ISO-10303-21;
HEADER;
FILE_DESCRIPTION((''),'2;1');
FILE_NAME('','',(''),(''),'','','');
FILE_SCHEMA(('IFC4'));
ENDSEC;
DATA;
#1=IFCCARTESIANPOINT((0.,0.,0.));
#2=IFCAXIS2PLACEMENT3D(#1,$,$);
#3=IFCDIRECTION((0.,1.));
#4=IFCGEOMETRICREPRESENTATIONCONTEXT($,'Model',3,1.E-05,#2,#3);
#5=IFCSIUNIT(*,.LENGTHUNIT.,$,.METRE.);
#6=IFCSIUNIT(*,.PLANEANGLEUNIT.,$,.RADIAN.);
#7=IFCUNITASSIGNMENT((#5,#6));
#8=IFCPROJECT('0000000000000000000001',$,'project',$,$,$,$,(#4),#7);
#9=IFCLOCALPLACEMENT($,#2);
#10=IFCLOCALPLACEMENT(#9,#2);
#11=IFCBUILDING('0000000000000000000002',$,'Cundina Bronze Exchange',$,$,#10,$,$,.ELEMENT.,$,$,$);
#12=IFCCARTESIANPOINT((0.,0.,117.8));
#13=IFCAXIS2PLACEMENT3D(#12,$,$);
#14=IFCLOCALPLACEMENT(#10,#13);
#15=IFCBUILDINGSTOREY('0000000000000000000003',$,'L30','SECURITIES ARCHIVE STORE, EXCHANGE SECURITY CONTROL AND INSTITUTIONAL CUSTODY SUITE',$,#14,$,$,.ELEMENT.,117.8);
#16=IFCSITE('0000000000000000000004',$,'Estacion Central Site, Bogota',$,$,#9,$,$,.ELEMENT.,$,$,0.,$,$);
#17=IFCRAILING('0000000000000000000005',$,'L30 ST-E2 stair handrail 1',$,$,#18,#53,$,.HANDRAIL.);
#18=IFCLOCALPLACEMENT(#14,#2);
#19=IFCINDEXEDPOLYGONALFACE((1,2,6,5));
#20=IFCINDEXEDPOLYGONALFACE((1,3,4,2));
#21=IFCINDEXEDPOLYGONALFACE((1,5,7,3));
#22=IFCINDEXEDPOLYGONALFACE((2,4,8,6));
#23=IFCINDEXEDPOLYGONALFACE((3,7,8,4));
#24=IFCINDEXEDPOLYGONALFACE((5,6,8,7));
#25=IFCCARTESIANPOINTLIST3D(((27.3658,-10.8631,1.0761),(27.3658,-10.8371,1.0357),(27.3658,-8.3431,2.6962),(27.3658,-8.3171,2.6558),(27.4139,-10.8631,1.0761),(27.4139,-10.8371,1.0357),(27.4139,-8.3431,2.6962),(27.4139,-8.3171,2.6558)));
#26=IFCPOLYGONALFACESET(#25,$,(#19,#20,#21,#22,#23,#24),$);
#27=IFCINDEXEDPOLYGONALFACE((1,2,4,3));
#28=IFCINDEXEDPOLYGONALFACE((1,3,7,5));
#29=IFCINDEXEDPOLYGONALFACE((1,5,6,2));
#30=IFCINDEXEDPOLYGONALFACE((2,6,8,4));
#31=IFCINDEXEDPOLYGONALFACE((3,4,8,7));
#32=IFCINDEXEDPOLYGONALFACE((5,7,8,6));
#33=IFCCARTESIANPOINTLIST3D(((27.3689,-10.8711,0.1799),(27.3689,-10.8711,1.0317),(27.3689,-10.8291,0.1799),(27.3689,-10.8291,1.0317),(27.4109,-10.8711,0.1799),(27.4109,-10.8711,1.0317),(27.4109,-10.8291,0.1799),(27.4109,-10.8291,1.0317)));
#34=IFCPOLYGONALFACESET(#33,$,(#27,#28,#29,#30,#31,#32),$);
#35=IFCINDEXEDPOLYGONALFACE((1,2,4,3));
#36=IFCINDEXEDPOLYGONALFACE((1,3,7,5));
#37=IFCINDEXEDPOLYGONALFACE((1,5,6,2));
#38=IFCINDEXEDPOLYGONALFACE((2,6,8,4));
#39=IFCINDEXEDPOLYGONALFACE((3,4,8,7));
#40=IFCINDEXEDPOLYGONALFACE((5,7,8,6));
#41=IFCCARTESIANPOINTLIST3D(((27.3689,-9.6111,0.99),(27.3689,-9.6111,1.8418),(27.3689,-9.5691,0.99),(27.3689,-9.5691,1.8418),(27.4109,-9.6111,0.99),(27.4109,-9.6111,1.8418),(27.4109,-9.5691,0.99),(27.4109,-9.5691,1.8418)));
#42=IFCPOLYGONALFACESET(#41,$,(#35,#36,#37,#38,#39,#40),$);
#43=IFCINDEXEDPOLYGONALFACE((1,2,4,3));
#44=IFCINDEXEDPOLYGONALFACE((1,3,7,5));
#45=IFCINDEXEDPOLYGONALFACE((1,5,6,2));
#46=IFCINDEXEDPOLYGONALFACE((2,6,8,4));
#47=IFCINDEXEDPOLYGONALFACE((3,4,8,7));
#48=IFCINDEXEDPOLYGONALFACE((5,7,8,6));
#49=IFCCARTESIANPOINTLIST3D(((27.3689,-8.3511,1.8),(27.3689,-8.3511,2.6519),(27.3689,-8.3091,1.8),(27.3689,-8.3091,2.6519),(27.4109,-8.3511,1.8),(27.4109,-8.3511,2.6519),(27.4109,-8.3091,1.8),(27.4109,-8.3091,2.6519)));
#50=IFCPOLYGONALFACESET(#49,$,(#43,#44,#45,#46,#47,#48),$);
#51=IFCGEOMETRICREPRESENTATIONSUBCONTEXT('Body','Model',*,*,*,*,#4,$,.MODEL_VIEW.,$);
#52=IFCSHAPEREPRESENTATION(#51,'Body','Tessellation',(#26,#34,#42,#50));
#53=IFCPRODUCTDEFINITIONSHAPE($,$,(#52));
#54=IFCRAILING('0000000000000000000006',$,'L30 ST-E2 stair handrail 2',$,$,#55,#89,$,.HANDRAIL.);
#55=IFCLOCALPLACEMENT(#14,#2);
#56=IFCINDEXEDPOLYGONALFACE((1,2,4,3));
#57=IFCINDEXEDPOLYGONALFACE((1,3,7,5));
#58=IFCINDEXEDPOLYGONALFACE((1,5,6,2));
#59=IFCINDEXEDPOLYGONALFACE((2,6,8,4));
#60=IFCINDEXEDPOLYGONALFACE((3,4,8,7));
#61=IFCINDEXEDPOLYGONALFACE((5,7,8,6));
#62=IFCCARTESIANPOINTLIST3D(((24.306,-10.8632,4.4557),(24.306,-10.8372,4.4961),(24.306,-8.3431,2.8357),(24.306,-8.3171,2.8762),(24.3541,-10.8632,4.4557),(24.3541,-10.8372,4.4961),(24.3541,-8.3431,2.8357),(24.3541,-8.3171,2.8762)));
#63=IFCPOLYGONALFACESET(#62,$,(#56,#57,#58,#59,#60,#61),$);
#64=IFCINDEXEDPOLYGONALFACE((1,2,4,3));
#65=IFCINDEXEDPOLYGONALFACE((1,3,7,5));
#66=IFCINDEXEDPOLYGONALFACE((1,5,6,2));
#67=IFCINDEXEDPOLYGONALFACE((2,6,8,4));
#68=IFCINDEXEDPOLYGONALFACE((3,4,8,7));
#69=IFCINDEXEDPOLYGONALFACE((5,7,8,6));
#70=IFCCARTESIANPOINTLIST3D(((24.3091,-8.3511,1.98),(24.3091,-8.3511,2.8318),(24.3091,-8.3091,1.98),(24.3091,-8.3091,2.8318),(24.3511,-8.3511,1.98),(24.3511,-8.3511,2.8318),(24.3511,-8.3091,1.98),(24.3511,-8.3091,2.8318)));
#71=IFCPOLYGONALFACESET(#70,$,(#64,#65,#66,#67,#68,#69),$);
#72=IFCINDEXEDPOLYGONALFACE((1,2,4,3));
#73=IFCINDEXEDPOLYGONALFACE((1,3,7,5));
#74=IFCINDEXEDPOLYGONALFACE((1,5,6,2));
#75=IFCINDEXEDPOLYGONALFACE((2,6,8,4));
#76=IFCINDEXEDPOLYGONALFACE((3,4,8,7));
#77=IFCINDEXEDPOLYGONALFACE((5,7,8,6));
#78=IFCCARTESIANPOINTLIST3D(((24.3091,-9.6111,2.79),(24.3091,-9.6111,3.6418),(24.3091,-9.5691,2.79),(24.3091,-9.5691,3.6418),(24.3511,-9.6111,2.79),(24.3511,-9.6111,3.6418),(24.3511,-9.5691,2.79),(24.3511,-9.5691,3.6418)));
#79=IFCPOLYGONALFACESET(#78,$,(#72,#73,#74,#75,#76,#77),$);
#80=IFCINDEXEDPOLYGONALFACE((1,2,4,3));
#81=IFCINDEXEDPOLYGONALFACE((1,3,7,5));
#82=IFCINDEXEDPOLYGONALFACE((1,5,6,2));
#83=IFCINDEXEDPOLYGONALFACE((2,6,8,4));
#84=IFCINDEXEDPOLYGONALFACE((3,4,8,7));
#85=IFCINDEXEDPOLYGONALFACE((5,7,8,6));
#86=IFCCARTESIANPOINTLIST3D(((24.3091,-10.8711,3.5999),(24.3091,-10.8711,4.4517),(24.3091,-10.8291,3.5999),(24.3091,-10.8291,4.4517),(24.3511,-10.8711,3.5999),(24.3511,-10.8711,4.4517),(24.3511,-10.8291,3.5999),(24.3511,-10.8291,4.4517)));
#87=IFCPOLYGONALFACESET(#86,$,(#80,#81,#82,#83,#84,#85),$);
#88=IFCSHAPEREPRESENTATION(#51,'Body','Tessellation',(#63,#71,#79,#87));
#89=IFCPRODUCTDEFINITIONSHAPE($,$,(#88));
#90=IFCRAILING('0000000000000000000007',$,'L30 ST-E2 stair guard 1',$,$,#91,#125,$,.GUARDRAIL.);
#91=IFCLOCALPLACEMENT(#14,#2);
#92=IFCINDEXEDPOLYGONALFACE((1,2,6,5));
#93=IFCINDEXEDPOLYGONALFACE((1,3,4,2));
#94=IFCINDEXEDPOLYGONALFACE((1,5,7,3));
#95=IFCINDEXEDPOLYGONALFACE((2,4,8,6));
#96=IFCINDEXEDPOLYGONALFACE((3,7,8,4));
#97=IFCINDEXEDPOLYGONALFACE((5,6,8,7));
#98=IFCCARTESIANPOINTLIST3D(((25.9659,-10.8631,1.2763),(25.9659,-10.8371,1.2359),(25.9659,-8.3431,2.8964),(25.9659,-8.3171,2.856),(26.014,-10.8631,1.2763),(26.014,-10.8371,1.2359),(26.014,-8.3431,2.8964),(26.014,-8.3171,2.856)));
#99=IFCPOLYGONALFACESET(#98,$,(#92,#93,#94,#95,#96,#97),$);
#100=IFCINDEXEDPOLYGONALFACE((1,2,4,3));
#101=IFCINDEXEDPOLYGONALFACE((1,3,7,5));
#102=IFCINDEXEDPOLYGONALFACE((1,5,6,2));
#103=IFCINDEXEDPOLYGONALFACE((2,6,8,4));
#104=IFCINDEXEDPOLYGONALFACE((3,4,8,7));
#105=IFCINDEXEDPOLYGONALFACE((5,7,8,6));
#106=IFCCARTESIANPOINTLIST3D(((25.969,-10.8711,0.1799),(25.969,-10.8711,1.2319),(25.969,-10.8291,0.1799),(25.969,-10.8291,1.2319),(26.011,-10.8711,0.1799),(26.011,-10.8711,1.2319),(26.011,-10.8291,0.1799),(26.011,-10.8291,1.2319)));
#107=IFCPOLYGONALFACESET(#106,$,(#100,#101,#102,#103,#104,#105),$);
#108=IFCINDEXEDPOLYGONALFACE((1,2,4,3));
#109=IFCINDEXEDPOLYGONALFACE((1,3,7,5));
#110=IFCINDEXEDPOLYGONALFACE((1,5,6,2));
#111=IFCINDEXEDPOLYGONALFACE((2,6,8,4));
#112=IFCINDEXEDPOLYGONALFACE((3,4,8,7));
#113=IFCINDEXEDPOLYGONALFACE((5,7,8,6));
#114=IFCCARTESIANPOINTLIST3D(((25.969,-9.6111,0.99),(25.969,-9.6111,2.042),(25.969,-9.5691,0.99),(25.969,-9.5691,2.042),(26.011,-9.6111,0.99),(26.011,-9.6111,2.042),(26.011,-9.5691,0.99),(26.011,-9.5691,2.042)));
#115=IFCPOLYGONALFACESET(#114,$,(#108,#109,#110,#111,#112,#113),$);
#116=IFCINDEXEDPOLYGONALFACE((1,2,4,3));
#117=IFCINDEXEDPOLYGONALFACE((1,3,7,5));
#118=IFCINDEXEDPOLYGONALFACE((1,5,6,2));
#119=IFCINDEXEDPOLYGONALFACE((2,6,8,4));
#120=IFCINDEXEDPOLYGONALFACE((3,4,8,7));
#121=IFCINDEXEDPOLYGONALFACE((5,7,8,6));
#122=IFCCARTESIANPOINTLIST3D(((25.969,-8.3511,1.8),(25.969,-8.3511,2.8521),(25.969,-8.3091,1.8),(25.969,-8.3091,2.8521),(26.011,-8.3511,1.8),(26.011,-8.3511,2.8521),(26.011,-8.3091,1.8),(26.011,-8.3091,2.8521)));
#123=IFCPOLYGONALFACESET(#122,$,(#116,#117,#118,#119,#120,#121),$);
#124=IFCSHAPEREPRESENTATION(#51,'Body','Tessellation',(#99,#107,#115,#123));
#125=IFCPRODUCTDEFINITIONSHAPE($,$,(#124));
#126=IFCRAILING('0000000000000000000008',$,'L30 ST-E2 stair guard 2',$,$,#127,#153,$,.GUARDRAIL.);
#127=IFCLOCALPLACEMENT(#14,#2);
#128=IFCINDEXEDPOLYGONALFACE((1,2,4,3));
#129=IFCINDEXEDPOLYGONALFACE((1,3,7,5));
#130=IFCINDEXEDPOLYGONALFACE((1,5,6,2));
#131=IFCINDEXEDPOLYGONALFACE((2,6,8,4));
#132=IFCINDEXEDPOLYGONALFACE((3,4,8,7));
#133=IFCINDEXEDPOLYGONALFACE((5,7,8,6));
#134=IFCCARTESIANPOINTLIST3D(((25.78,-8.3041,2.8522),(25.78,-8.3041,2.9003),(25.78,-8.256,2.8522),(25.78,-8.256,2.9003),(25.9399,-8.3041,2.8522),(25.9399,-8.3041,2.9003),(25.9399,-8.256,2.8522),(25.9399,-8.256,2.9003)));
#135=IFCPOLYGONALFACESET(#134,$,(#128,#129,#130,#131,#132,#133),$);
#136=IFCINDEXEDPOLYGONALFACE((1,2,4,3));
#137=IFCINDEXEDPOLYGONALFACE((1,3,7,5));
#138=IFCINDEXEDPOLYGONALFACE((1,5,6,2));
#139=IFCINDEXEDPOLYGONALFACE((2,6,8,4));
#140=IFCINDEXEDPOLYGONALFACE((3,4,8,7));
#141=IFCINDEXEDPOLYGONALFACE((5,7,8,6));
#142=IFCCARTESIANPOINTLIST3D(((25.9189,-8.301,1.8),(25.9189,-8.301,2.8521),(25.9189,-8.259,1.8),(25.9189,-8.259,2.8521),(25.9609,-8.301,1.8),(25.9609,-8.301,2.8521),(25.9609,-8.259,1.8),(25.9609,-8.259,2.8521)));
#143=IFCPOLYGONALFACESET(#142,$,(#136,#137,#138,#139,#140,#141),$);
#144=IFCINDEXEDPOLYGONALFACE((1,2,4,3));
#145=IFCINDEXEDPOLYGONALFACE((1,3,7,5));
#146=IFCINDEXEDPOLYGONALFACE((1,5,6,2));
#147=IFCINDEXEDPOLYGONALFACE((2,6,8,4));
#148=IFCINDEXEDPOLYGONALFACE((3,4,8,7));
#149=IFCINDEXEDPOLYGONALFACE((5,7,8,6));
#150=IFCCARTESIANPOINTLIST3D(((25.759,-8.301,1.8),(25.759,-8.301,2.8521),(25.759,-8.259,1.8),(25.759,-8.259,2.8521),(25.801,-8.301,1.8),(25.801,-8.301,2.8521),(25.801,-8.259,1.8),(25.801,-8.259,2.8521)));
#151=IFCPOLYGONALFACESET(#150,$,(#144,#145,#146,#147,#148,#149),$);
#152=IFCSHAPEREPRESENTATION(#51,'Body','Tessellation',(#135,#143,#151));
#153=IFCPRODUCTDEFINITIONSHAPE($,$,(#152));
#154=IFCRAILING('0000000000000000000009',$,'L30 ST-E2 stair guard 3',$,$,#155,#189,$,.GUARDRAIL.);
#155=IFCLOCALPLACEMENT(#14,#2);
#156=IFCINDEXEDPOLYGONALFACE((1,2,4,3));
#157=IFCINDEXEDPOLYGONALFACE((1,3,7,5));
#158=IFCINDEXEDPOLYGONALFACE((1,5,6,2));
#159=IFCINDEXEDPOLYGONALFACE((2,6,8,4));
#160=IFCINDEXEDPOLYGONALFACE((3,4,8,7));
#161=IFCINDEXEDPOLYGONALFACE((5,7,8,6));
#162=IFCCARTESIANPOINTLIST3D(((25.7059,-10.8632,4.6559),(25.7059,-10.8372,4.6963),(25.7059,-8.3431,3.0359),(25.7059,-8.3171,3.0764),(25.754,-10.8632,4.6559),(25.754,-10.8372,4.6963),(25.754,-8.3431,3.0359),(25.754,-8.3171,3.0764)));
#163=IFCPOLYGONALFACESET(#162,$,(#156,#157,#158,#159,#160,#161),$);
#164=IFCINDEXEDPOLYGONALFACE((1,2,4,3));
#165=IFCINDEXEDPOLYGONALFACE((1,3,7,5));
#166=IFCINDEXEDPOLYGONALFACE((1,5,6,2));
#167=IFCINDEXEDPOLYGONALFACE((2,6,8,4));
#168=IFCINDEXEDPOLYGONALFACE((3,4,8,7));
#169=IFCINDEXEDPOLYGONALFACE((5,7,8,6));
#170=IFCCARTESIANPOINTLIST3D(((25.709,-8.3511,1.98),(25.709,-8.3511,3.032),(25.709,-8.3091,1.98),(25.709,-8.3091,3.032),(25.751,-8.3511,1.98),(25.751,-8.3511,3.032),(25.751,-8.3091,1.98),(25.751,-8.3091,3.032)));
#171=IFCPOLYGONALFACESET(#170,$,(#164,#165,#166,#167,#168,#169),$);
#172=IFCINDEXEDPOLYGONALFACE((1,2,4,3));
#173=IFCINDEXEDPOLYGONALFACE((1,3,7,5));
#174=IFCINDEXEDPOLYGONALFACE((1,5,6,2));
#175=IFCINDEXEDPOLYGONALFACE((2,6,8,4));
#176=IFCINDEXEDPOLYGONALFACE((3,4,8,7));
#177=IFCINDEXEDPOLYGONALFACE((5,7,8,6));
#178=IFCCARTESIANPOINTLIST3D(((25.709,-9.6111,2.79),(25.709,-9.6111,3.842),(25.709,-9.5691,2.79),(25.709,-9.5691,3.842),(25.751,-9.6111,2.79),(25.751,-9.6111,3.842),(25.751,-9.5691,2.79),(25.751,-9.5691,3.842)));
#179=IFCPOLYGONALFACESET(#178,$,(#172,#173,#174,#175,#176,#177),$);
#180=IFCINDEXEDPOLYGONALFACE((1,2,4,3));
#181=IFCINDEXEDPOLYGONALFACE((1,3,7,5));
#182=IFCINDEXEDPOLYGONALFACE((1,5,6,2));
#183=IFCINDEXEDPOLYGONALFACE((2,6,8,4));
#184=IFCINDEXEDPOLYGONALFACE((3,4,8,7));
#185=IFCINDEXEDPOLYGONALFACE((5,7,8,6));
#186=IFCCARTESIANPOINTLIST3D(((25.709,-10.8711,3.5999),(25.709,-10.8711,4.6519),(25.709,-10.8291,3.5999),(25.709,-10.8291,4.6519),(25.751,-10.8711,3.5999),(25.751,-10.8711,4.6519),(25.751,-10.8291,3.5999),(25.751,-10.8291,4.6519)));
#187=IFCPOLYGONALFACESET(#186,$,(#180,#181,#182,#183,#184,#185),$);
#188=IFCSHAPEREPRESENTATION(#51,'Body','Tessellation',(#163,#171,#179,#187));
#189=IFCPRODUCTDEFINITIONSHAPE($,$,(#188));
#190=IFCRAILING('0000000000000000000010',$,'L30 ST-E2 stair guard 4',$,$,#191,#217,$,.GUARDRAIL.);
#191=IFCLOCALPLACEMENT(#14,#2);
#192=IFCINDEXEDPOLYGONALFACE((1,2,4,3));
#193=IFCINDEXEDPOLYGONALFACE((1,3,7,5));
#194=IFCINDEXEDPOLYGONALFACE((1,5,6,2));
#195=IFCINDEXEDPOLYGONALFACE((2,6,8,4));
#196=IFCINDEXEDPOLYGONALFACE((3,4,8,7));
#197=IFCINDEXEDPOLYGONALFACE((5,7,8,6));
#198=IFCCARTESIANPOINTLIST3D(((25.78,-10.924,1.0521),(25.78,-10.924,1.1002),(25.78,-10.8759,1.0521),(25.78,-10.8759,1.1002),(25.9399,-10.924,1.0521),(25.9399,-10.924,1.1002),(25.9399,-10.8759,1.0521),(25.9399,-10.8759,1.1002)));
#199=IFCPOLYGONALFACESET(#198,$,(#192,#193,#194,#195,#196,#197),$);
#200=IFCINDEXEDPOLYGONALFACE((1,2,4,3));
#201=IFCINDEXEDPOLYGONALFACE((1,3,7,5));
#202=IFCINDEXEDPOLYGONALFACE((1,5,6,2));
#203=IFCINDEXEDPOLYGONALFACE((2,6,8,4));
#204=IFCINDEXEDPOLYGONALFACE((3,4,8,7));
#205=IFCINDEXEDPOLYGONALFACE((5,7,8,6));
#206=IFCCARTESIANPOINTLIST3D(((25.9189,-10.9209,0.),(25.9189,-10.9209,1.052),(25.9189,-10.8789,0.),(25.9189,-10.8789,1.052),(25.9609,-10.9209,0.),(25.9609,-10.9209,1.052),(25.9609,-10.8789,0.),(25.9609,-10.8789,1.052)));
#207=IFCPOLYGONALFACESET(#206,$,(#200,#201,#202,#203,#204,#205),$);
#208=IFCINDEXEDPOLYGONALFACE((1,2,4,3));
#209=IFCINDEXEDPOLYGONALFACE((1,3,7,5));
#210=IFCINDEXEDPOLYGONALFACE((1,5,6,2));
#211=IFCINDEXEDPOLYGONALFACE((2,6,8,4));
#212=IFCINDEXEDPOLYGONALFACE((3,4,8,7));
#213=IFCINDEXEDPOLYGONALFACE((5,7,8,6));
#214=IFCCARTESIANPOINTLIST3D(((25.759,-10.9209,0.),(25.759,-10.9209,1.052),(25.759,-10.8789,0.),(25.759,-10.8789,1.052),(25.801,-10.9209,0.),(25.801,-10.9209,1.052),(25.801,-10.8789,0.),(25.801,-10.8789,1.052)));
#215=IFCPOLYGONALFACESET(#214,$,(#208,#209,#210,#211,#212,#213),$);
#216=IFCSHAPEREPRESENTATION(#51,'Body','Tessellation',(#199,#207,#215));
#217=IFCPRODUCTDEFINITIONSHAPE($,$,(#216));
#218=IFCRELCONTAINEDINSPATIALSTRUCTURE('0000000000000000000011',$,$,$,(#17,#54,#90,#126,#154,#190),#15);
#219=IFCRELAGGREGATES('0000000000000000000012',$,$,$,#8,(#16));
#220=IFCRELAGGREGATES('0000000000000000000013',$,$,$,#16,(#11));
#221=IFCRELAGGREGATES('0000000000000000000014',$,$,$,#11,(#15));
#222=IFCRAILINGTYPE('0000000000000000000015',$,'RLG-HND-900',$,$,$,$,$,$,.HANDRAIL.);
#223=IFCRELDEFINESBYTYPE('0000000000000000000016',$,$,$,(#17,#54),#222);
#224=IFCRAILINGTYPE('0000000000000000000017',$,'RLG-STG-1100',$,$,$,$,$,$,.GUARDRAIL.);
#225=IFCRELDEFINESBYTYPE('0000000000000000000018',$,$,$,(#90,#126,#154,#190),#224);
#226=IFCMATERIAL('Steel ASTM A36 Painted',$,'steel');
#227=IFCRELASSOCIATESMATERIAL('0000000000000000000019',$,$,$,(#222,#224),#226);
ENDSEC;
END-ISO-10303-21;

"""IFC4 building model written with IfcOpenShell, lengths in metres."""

from ifc_helpers import new_model, si_unit, direction, frame, origin, origin_2d, place, context, subcontext, project, spatial, rectangle, extrude, material, type_object, element, save


model = new_model("IFC4")

# Units and contexts
model_context = context("Model", 3, precision=1e-05, world=origin(), true_north=direction((0.0, 1.0)))
body_context = subcontext(model_context, "Body", "Model", "MODEL_VIEW")
ifc_project = project(units=[si_unit("LENGTHUNIT", "METRE"), si_unit("PLANEANGLEUNIT", "RADIAN")], contexts=[model_context])

# Site, building, storey
site_placement = place(None, origin())
site = spatial("IfcSite", under=ifc_project, at=site_placement, Name="Estacion Central Site, Bogota", CompositionType="ELEMENT", RefElevation=0.0)
building_placement = place(site_placement, origin())
building = spatial("IfcBuilding", under=site, at=building_placement, Name="Cundina Bronze Exchange", CompositionType="ELEMENT")
storey_placement = place(building_placement, frame((0.0, 0.0, 117.8)))
storey = spatial("IfcBuildingStorey", under=building, at=storey_placement, Name="L30", Description="SECURITIES ARCHIVE STORE, EXCHANGE SECURITY CONTROL AND INSTITUTIONAL CUSTODY SUITE", CompositionType="ELEMENT", Elevation=117.8)

# Shared definitions
ifc_material_1 = material(Name="Steel ASTM A36 Painted", Category="steel")

# Railings
railing_type_1 = type_object("IfcRailingType", Name="RLG-HND-900", PredefinedType="HANDRAIL", material=ifc_material_1)
railing_1_placement = place(storey_placement, frame((27.3899, -10.8501, 0.1799)))
element("IfcRailing", 1, at=railing_1_placement, inside=storey, type_object=railing_type_1, Name="L30 ST-E2 stair handrail 1", PredefinedType="HANDRAIL", context=body_context, shape_type="SweptSolid", body=[
    extrude(rectangle(XDim=0.0481, YDim=0.0481, at=origin_2d()), frame((0.0, 0.0, 0.876), z_axis=(0.0, 0.841163, 0.540782), x_axis=(-1.0, 0.0, 0.0)), (0.0, 0.0, 1.0), 2.9958),
    extrude(rectangle(XDim=0.042, YDim=0.042, at=origin_2d()), origin(), (0.0, 0.0, 1.0), 0.8518),
    extrude(rectangle(XDim=0.042, YDim=0.042, at=origin_2d()), frame((0.0, 1.26, 0.8101)), (0.0, 0.0, 1.0), 0.8518),
    extrude(rectangle(XDim=0.042, YDim=0.042, at=origin_2d()), frame((0.0, 2.52, 1.6201)), (0.0, 0.0, 1.0), 0.8518),
])
railing_2_placement = place(storey_placement, frame((24.3301, -8.3301, 1.98)))
element("IfcRailing", 2, at=railing_2_placement, inside=storey, type_object=railing_type_1, Name="L30 ST-E2 stair handrail 2", PredefinedType="HANDRAIL", context=body_context, shape_type="SweptSolid", body=[
    extrude(rectangle(XDim=0.0481, YDim=0.0481, at=origin_2d()), frame((0.0, 0.0, 0.876), z_axis=(0.0, -0.8412, 0.540725), x_axis=(1.0, 0.0, 0.0)), (0.0, 0.0, 1.0), 2.9958),
    extrude(rectangle(XDim=0.042, YDim=0.042, at=origin_2d()), origin(), (0.0, 0.0, 1.0), 0.8518),
    extrude(rectangle(XDim=0.042, YDim=0.042, at=origin_2d()), frame((0.0, -1.26, 0.8101)), (0.0, 0.0, 1.0), 0.8518),
    extrude(rectangle(XDim=0.042, YDim=0.042, at=origin_2d()), frame((0.0, -2.52, 1.6199)), (0.0, 0.0, 1.0), 0.8518),
])
railing_type_2 = type_object("IfcRailingType", Name="RLG-STG-1100", PredefinedType="GUARDRAIL", material=ifc_material_1)
railing_3_placement = place(storey_placement, frame((25.99, -10.8501, 0.1799)))
element("IfcRailing", 3, at=railing_3_placement, inside=storey, type_object=railing_type_2, Name="L30 ST-E2 stair guard 1", PredefinedType="GUARDRAIL", context=body_context, shape_type="SweptSolid", body=[
    extrude(rectangle(XDim=0.0481, YDim=0.0481, at=origin_2d()), frame((0.0, 0.0, 1.0762), z_axis=(0.0, 0.841163, 0.540782), x_axis=(-1.0, 0.0, 0.0)), (0.0, 0.0, 1.0), 2.9958),
    extrude(rectangle(XDim=0.042, YDim=0.042, at=origin_2d()), origin(), (0.0, 0.0, 1.0), 1.052),
    extrude(rectangle(XDim=0.042, YDim=0.042, at=origin_2d()), frame((0.0, 1.26, 0.8101)), (0.0, 0.0, 1.0), 1.052),
    extrude(rectangle(XDim=0.042, YDim=0.042, at=origin_2d()), frame((0.0, 2.52, 1.6201)), (0.0, 0.0, 1.0), 1.052),
])
railing_4_placement = place(storey_placement, frame((25.9399, -8.28, 1.8)))
element("IfcRailing", 4, at=railing_4_placement, inside=storey, type_object=railing_type_2, Name="L30 ST-E2 stair guard 2", PredefinedType="GUARDRAIL", context=body_context, shape_type="SweptSolid", body=[
    extrude(rectangle(XDim=0.0481, YDim=0.0481, at=origin_2d()), frame((0.0, 0.0, 1.0762), z_axis=(-1.0, 0.0, 0.0), x_axis=(0.0, -1.0, 0.0)), (0.0, 0.0, 1.0), 0.1599),
    extrude(rectangle(XDim=0.042, YDim=0.042, at=origin_2d()), origin(), (0.0, 0.0, 1.0), 1.052),
    extrude(rectangle(XDim=0.042, YDim=0.042, at=origin_2d()), frame((-0.1599, 0.0, 0.0)), (0.0, 0.0, 1.0), 1.052),
])
railing_5_placement = place(storey_placement, frame((25.73, -8.3301, 1.98)))
element("IfcRailing", 5, at=railing_5_placement, inside=storey, type_object=railing_type_2, Name="L30 ST-E2 stair guard 3", PredefinedType="GUARDRAIL", context=body_context, shape_type="SweptSolid", body=[
    extrude(rectangle(XDim=0.0481, YDim=0.0481, at=origin_2d()), frame((0.0, 0.0, 1.0762), z_axis=(0.0, -0.8412, 0.540725), x_axis=(1.0, 0.0, 0.0)), (0.0, 0.0, 1.0), 2.9958),
    extrude(rectangle(XDim=0.042, YDim=0.042, at=origin_2d()), origin(), (0.0, 0.0, 1.0), 1.052),
    extrude(rectangle(XDim=0.042, YDim=0.042, at=origin_2d()), frame((0.0, -1.26, 0.8101)), (0.0, 0.0, 1.0), 1.052),
    extrude(rectangle(XDim=0.042, YDim=0.042, at=origin_2d()), frame((0.0, -2.52, 1.6199)), (0.0, 0.0, 1.0), 1.052),
])
railing_6_placement = place(storey_placement, frame((25.9399, -10.8999, 0.0)))
element("IfcRailing", 6, at=railing_6_placement, inside=storey, type_object=railing_type_2, Name="L30 ST-E2 stair guard 4", PredefinedType="GUARDRAIL", context=body_context, shape_type="SweptSolid", body=[
    extrude(rectangle(XDim=0.0481, YDim=0.0481, at=origin_2d()), frame((0.0, 0.0, 1.0762), z_axis=(-1.0, 0.0, 0.0), x_axis=(0.0, -1.0, 0.0)), (0.0, 0.0, 1.0), 0.1599),
    extrude(rectangle(XDim=0.042, YDim=0.042, at=origin_2d()), origin(), (0.0, 0.0, 1.0), 1.052),
    extrude(rectangle(XDim=0.042, YDim=0.042, at=origin_2d()), frame((-0.1599, 0.0, 0.0)), (0.0, 0.0, 1.0), 1.052),
])

save(model, "model.ifc")
